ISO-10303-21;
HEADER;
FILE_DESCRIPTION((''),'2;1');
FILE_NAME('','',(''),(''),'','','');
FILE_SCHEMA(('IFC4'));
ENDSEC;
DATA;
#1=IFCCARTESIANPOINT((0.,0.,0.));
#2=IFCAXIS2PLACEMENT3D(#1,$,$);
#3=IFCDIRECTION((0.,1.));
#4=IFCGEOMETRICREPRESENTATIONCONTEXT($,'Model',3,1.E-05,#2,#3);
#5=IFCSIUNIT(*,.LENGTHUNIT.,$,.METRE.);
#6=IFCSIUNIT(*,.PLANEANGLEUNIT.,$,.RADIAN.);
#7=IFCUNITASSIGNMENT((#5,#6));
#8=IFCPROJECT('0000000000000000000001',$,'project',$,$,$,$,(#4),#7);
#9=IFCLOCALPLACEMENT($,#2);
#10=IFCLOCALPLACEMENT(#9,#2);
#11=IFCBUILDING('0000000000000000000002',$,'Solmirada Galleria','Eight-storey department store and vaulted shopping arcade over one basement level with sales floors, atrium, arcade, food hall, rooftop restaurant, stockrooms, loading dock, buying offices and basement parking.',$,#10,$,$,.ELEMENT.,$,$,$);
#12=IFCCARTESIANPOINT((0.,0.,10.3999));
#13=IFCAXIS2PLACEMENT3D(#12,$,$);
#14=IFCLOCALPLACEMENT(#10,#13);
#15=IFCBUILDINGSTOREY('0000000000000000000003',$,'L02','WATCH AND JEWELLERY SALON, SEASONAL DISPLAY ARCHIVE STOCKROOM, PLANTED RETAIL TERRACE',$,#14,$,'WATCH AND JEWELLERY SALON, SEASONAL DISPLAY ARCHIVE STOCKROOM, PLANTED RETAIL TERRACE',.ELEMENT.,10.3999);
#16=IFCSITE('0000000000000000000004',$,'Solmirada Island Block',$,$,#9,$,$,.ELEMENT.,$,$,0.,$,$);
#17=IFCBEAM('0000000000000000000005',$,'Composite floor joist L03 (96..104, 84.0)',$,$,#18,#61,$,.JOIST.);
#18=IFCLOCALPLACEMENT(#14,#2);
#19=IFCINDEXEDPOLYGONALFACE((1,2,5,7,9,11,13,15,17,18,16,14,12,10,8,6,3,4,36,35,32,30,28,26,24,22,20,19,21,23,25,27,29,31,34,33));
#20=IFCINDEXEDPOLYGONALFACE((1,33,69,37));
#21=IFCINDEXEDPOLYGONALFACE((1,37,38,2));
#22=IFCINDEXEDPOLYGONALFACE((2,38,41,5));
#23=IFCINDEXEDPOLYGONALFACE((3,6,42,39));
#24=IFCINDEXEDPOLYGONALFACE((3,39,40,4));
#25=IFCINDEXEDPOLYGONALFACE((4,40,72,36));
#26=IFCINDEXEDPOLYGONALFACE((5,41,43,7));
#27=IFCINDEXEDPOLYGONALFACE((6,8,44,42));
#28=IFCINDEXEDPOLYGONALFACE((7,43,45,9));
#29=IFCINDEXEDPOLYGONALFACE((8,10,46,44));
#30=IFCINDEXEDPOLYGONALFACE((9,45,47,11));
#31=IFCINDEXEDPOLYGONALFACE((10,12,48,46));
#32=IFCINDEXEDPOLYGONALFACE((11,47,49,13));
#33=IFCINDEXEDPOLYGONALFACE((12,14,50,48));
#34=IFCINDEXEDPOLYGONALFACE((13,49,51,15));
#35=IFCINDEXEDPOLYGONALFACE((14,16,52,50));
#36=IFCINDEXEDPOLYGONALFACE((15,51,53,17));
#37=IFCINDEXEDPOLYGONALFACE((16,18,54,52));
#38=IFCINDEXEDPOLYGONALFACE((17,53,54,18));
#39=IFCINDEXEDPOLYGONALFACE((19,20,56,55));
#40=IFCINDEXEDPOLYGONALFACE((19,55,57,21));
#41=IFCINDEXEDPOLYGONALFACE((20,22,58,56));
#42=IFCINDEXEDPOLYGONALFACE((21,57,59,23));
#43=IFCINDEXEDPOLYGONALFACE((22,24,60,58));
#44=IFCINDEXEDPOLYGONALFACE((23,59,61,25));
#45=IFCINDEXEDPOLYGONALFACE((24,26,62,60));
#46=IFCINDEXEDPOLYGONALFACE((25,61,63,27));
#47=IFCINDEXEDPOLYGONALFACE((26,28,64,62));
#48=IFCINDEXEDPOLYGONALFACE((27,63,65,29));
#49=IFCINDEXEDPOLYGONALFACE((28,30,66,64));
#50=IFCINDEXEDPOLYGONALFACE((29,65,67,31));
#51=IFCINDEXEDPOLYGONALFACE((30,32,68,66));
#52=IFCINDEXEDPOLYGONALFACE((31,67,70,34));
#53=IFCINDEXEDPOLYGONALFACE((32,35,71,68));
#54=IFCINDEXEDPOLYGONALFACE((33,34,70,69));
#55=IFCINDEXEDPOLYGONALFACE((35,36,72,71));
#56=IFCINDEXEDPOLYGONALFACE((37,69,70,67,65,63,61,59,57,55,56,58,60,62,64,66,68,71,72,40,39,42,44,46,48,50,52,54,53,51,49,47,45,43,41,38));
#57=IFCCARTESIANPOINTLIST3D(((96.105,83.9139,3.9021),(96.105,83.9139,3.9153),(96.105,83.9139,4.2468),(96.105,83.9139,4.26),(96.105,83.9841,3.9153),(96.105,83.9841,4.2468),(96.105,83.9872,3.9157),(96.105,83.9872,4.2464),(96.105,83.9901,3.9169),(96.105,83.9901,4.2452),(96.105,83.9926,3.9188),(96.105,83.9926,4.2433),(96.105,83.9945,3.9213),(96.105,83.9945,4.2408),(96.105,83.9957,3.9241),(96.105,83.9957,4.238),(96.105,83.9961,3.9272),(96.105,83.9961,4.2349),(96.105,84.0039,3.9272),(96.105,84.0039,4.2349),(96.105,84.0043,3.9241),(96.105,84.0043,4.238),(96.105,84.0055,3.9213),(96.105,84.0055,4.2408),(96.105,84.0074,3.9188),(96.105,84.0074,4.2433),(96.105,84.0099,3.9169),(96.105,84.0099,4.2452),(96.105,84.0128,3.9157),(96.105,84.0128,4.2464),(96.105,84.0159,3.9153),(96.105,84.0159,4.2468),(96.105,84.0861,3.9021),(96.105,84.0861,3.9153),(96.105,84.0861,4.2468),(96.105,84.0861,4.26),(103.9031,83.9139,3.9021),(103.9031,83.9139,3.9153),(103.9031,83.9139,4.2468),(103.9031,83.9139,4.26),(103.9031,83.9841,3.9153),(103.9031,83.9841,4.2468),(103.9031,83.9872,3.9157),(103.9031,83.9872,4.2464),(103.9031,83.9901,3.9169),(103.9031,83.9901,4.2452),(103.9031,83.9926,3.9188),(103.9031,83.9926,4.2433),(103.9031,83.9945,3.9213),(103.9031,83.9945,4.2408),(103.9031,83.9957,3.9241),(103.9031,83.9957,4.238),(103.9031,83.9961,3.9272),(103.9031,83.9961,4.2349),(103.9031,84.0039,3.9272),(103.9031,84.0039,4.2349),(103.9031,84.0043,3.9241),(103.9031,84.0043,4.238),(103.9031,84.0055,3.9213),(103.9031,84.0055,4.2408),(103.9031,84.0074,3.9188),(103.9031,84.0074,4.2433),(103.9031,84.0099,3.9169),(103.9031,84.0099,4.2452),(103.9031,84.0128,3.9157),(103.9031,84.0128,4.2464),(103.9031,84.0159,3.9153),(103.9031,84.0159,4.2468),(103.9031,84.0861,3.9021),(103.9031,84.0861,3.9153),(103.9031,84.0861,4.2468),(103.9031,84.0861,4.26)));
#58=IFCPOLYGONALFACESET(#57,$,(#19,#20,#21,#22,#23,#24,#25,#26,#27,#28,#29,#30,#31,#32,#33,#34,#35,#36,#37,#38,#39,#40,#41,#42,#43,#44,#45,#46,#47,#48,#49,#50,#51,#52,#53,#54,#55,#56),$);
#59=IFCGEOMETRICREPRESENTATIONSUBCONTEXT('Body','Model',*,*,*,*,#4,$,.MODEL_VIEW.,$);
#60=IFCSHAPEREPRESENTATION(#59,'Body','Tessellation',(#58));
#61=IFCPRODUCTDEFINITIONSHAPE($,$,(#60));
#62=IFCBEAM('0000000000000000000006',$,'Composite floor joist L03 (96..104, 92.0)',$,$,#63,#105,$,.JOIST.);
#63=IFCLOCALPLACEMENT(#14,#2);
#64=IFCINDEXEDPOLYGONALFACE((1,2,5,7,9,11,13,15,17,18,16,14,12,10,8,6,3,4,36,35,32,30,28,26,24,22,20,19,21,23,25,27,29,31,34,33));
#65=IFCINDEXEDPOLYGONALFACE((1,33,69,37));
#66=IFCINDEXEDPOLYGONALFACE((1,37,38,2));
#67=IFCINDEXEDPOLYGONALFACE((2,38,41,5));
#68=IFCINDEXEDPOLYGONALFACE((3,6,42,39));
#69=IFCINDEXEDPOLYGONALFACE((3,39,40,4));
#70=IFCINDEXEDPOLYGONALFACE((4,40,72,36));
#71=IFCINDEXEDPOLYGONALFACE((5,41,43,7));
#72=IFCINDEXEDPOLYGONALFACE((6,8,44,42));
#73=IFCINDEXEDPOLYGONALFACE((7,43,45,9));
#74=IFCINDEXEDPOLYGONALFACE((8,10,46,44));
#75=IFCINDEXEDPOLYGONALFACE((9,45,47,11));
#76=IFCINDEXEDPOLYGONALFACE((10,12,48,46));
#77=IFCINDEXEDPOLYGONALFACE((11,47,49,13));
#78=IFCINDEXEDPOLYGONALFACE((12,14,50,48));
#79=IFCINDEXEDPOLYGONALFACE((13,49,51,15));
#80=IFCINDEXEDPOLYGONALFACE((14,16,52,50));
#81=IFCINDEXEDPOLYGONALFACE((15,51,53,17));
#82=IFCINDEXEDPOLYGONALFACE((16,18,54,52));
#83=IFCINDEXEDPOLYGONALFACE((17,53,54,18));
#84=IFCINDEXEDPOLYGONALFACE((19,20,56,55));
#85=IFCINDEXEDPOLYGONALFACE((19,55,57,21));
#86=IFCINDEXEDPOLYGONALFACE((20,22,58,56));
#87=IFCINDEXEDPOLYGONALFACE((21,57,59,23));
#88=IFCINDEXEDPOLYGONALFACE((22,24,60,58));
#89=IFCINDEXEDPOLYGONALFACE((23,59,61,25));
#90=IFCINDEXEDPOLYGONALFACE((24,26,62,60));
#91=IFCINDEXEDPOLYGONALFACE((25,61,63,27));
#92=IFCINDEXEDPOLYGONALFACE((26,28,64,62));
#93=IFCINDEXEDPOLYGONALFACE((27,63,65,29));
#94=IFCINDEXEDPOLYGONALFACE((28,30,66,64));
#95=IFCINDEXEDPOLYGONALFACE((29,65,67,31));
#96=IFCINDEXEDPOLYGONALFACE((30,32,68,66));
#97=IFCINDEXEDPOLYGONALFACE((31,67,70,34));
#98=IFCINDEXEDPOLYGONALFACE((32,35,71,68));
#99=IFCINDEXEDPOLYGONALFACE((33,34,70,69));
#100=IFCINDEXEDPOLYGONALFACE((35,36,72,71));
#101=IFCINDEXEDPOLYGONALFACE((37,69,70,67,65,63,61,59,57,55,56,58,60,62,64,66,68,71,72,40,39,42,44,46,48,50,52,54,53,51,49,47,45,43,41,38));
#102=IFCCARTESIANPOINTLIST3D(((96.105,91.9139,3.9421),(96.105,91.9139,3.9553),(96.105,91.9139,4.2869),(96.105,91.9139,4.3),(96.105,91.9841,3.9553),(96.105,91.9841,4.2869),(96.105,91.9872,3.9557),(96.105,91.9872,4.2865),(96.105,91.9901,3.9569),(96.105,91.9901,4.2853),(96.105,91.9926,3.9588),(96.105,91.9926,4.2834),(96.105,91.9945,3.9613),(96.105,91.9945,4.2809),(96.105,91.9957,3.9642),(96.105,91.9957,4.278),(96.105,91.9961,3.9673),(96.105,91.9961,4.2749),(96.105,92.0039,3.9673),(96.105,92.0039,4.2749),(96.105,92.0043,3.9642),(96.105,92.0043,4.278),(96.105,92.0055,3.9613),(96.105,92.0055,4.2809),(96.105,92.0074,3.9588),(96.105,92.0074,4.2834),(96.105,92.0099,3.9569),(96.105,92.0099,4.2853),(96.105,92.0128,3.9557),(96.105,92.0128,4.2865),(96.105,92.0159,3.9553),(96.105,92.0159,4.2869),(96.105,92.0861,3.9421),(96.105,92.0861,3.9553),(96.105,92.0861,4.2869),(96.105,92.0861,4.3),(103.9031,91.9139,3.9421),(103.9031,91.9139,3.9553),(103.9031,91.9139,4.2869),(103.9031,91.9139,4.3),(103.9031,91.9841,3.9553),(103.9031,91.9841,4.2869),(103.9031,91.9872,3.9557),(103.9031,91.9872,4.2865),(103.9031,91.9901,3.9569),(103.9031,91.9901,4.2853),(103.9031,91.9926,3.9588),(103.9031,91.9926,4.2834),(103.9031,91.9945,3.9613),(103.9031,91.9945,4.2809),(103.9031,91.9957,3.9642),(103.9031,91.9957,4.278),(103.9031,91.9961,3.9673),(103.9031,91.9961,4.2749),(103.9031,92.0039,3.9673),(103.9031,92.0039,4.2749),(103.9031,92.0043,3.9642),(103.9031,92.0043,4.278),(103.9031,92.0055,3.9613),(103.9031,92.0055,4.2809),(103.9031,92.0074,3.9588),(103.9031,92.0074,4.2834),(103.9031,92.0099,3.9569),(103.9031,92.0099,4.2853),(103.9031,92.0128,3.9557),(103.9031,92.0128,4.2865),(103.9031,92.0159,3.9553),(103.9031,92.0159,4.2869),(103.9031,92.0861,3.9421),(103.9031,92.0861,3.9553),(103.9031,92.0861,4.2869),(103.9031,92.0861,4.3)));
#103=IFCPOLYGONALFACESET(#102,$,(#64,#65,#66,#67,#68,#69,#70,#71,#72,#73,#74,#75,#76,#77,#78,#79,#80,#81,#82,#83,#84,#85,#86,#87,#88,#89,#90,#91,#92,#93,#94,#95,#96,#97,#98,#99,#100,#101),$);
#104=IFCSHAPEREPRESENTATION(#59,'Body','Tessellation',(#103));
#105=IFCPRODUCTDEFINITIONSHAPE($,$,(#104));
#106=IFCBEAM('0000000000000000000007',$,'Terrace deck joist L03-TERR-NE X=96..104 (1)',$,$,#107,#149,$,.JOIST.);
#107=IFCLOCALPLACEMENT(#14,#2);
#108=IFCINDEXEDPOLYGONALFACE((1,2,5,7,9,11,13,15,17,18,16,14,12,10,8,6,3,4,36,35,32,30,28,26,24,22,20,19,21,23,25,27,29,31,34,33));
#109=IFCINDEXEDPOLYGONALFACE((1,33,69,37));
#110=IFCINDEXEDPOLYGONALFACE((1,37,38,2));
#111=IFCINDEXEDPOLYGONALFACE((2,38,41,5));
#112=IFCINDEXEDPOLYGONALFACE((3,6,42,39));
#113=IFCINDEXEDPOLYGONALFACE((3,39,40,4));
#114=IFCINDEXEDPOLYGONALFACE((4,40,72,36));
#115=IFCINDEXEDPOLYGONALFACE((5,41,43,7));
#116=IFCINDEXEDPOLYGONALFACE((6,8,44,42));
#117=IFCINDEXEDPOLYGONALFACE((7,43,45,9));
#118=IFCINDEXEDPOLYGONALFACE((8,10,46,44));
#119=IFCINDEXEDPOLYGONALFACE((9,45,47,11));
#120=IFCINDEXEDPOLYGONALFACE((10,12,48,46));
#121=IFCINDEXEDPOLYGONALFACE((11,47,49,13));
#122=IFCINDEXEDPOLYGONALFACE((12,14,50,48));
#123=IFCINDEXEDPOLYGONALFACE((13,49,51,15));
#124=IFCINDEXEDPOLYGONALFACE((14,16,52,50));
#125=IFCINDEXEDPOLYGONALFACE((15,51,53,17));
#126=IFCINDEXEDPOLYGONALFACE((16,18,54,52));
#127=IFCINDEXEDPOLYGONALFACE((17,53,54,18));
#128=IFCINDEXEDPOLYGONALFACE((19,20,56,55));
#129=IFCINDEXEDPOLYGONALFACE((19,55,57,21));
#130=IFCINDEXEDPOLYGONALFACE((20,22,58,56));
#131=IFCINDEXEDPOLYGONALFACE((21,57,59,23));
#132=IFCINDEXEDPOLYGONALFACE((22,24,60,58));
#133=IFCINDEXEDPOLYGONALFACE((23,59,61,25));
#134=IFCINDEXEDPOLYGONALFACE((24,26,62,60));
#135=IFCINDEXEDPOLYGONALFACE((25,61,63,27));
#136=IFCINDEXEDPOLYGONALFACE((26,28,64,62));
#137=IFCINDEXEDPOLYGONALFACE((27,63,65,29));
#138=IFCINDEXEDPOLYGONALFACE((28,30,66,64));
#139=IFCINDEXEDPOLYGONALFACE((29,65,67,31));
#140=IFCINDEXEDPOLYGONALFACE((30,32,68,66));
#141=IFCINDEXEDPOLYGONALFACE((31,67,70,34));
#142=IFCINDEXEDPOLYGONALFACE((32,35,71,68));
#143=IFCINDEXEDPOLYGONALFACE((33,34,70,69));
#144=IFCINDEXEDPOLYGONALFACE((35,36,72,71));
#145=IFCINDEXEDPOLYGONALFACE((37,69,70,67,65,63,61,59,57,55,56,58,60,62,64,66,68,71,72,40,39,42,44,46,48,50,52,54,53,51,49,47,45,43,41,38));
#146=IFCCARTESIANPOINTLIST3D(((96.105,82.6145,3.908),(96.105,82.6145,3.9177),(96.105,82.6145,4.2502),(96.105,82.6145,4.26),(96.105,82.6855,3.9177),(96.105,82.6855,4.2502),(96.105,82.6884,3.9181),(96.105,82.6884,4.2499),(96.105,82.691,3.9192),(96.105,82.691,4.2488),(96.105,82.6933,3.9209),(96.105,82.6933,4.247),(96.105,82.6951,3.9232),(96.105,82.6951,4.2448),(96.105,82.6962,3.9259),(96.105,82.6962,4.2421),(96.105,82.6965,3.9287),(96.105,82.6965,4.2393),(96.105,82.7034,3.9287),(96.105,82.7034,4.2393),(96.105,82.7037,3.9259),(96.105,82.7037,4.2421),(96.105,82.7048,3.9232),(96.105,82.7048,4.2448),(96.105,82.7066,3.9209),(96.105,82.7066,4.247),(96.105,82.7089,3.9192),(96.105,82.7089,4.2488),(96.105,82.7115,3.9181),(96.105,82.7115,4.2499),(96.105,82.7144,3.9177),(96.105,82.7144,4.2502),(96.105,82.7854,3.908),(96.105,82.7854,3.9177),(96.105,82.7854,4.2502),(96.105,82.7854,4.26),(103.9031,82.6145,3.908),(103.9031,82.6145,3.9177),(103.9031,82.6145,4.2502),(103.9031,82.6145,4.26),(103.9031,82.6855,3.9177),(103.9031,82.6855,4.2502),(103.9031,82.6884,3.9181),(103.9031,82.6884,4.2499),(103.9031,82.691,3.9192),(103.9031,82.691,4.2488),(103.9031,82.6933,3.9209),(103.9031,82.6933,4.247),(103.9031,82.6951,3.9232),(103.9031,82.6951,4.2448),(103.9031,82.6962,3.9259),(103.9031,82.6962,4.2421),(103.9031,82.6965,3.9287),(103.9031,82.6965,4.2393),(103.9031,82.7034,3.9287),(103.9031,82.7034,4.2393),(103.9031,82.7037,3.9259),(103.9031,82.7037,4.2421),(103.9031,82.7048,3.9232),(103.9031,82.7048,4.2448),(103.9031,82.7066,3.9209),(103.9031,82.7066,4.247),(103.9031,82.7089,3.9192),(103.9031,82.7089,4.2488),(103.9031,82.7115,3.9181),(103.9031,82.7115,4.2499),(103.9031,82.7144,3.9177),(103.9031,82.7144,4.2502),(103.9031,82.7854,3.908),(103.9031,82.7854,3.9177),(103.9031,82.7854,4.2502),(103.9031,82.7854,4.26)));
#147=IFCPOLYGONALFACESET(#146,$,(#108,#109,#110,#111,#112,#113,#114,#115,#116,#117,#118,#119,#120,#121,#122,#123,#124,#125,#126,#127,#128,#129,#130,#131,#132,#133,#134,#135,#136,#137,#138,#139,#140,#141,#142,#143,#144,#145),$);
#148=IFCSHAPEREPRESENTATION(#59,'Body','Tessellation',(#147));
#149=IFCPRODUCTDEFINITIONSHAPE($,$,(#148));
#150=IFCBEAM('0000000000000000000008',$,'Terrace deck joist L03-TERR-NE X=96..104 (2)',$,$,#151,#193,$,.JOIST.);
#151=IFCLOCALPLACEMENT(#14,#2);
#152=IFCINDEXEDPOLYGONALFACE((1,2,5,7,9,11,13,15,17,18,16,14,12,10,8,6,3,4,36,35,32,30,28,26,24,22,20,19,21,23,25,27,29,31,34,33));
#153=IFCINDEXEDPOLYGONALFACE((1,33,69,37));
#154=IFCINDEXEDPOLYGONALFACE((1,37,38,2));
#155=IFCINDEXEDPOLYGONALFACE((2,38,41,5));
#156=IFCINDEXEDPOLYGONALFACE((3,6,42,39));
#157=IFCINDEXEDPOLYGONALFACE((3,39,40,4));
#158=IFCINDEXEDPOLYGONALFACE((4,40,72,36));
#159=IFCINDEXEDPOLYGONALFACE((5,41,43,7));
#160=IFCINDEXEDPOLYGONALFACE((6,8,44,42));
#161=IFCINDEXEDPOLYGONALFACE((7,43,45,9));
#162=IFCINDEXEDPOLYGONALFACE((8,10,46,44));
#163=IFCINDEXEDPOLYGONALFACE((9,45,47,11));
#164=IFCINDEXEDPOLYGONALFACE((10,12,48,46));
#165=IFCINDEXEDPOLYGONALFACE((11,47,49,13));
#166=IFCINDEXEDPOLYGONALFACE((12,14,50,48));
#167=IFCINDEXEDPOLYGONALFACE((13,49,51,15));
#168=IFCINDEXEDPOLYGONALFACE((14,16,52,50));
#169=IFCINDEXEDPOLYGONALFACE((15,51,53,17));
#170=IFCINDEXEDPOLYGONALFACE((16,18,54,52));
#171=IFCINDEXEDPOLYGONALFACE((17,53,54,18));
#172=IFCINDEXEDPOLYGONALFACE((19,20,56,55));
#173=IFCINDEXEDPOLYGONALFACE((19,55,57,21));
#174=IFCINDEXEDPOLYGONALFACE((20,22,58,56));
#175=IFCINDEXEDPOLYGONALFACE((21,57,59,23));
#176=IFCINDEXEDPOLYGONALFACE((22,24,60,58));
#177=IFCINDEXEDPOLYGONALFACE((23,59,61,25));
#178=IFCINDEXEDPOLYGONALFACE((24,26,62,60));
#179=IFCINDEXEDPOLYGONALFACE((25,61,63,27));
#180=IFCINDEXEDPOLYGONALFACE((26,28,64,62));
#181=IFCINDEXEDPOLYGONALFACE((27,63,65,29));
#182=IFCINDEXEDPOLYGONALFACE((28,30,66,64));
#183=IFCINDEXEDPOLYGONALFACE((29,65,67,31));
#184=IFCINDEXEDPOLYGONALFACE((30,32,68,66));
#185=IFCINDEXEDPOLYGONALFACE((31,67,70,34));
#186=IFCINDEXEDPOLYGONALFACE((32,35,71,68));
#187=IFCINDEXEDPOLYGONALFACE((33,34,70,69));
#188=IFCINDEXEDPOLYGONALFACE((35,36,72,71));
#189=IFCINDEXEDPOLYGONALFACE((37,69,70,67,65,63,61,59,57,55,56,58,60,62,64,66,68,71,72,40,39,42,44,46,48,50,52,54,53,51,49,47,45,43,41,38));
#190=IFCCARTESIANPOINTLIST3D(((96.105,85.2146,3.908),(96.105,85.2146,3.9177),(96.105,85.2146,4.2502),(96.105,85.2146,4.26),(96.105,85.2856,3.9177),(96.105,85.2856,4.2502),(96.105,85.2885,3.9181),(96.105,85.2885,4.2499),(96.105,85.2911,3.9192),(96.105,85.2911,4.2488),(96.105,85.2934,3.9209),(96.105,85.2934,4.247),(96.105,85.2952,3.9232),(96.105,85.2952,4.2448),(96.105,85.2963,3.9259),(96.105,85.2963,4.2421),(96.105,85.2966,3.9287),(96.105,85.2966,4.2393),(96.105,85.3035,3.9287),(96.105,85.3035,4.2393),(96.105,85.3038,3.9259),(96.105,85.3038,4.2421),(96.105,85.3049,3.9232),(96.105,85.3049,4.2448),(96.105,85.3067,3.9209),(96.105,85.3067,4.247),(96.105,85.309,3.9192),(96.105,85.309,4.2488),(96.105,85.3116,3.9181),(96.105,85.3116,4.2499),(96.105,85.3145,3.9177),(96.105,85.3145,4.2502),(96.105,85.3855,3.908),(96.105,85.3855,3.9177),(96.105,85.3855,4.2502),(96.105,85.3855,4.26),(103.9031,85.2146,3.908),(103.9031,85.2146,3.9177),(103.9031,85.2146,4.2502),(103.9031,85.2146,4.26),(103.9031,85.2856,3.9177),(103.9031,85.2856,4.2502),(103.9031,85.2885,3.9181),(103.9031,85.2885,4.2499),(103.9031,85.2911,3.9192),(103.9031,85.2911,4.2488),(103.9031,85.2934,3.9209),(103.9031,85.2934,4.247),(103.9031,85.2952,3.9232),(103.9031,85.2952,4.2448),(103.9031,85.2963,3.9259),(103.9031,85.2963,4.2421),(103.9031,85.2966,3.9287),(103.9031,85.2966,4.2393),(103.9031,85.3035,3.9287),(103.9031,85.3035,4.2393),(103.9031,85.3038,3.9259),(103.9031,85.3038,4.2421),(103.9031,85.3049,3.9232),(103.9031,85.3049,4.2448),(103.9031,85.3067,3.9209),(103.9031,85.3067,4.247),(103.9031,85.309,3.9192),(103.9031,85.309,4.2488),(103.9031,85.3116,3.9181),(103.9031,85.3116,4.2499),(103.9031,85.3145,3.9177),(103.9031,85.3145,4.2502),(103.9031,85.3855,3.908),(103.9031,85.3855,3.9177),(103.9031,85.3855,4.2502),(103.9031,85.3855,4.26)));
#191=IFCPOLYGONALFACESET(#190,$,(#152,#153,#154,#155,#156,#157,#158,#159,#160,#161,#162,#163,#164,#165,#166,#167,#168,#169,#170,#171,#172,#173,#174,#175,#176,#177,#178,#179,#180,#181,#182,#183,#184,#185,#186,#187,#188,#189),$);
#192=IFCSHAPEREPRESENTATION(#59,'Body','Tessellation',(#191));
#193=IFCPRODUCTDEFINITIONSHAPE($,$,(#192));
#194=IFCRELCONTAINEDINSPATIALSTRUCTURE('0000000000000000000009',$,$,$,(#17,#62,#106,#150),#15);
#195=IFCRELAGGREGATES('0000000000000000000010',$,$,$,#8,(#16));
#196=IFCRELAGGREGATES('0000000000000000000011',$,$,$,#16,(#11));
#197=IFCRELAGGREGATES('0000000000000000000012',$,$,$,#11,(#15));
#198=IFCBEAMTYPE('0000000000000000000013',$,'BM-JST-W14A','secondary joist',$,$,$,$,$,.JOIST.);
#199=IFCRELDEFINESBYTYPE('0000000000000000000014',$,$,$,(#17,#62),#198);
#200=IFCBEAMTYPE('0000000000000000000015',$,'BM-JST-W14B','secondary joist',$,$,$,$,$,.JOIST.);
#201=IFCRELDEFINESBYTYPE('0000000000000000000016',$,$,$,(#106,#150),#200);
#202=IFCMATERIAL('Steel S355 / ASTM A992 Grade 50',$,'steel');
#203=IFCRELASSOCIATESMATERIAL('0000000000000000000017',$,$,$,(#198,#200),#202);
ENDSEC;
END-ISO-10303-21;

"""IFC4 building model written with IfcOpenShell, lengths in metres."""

from ifc_helpers import new_model, si_unit, direction, frame, origin, origin_2d, place, context, subcontext, project, spatial, i_section, extrude, material, material_profile, profile_set, type_object, element, save


model = new_model("IFC4")

# Units and contexts
model_context = context("Model", 3, precision=1e-05, world=origin(), true_north=direction((0.0, 1.0)))
body_context = subcontext(model_context, "Body", "Model", "MODEL_VIEW")
ifc_project = project(units=[si_unit("LENGTHUNIT", "METRE"), si_unit("PLANEANGLEUNIT", "RADIAN")], contexts=[model_context])

# Site, building, storey
site_placement = place(None, origin())
site = spatial("IfcSite", under=ifc_project, at=site_placement, Name="Solmirada Island Block", CompositionType="ELEMENT", RefElevation=0.0)
building_placement = place(site_placement, origin())
building = spatial("IfcBuilding", under=site, at=building_placement, Name="Solmirada Galleria", Description="Eight-storey department store and vaulted shopping arcade over one basement level with sales floors, atrium, arcade, food hall, rooftop restaurant, stockrooms, loading dock, buying offices and basement parking.", CompositionType="ELEMENT")
storey_placement = place(building_placement, frame((0.0, 0.0, 10.3999)))
storey = spatial("IfcBuildingStorey", under=building, at=storey_placement, Name="L02", Description="WATCH AND JEWELLERY SALON, SEASONAL DISPLAY ARCHIVE STOCKROOM, PLANTED RETAIL TERRACE", LongName="WATCH AND JEWELLERY SALON, SEASONAL DISPLAY ARCHIVE STOCKROOM, PLANTED RETAIL TERRACE", CompositionType="ELEMENT", Elevation=10.3999)

# Beams
ifc_material_1 = material(Name="Steel S355 / ASTM A992 Grade 50", Category="steel")
ifc_material_profile_1 = material_profile(ifc_material_1, i_section(OverallWidth=0.1721, OverallDepth=0.3579, WebThickness=0.0078, FlangeThickness=0.0132, FilletRadius=0.012, at=origin_2d()), Name="W14X38")
ifc_profile_set_1 = profile_set([ifc_material_profile_1], Name="Steel S355 / ASTM A992 Grade 50")
beam_type_1 = type_object("IfcBeamType", Name="BM-JST-W14A", Description="secondary joist", PredefinedType="JOIST", material=ifc_profile_set_1)
for number, where, z_axis, x_axis, name in (
    (1, (96.105, 84.0, 4.0811), (1.0, 0.0, 0.0), (0.0, 1.0, 0.0), "Composite floor joist L03 (96..104, 84.0)"),
    (2, (96.105, 92.0, 4.1211), (1.0, 0.0, 0.0), (0.0, 1.0, 0.0), "Composite floor joist L03 (96..104, 92.0)"),
):
    element("IfcBeam", number, at=place(storey_placement, frame(where, z_axis=z_axis, x_axis=x_axis)), inside=storey, type_object=beam_type_1, Name=name, PredefinedType="JOIST", context=body_context, shape_type="SweptSolid", body=[
        extrude(i_section(OverallWidth=0.1721, OverallDepth=0.3579, WebThickness=0.0078, FlangeThickness=0.0132, FilletRadius=0.012, at=origin_2d()), origin(), (0.0, 0.0, 1.0), 7.7981),
    ])
ifc_material_profile_2 = material_profile(ifc_material_1, i_section(OverallWidth=0.1709, OverallDepth=0.3521, WebThickness=0.0068, FlangeThickness=0.0098, FilletRadius=0.011, at=origin_2d()), Name="W14X30")
ifc_profile_set_2 = profile_set([ifc_material_profile_2], Name="Steel S355 / ASTM A992 Grade 50")
beam_type_2 = type_object("IfcBeamType", Name="BM-JST-W14B", Description="secondary joist", PredefinedType="JOIST", material=ifc_profile_set_2)
for number, where, z_axis, x_axis, name in (
    (3, (96.105, 82.7, 4.084), (1.0, 0.0, 0.0), (0.0, 1.0, 0.0), "Terrace deck joist L03-TERR-NE X=96..104 (1)"),
    (4, (96.105, 85.3, 4.084), (1.0, 0.0, 0.0), (0.0, 1.0, 0.0), "Terrace deck joist L03-TERR-NE X=96..104 (2)"),
):
    element("IfcBeam", number, at=place(storey_placement, frame(where, z_axis=z_axis, x_axis=x_axis)), inside=storey, type_object=beam_type_2, Name=name, PredefinedType="JOIST", context=body_context, shape_type="SweptSolid", body=[
        extrude(i_section(OverallWidth=0.1709, OverallDepth=0.3521, WebThickness=0.0068, FlangeThickness=0.0098, FilletRadius=0.011, at=origin_2d()), origin(), (0.0, 0.0, 1.0), 7.7981),
    ])

save(model, "model.ifc")
